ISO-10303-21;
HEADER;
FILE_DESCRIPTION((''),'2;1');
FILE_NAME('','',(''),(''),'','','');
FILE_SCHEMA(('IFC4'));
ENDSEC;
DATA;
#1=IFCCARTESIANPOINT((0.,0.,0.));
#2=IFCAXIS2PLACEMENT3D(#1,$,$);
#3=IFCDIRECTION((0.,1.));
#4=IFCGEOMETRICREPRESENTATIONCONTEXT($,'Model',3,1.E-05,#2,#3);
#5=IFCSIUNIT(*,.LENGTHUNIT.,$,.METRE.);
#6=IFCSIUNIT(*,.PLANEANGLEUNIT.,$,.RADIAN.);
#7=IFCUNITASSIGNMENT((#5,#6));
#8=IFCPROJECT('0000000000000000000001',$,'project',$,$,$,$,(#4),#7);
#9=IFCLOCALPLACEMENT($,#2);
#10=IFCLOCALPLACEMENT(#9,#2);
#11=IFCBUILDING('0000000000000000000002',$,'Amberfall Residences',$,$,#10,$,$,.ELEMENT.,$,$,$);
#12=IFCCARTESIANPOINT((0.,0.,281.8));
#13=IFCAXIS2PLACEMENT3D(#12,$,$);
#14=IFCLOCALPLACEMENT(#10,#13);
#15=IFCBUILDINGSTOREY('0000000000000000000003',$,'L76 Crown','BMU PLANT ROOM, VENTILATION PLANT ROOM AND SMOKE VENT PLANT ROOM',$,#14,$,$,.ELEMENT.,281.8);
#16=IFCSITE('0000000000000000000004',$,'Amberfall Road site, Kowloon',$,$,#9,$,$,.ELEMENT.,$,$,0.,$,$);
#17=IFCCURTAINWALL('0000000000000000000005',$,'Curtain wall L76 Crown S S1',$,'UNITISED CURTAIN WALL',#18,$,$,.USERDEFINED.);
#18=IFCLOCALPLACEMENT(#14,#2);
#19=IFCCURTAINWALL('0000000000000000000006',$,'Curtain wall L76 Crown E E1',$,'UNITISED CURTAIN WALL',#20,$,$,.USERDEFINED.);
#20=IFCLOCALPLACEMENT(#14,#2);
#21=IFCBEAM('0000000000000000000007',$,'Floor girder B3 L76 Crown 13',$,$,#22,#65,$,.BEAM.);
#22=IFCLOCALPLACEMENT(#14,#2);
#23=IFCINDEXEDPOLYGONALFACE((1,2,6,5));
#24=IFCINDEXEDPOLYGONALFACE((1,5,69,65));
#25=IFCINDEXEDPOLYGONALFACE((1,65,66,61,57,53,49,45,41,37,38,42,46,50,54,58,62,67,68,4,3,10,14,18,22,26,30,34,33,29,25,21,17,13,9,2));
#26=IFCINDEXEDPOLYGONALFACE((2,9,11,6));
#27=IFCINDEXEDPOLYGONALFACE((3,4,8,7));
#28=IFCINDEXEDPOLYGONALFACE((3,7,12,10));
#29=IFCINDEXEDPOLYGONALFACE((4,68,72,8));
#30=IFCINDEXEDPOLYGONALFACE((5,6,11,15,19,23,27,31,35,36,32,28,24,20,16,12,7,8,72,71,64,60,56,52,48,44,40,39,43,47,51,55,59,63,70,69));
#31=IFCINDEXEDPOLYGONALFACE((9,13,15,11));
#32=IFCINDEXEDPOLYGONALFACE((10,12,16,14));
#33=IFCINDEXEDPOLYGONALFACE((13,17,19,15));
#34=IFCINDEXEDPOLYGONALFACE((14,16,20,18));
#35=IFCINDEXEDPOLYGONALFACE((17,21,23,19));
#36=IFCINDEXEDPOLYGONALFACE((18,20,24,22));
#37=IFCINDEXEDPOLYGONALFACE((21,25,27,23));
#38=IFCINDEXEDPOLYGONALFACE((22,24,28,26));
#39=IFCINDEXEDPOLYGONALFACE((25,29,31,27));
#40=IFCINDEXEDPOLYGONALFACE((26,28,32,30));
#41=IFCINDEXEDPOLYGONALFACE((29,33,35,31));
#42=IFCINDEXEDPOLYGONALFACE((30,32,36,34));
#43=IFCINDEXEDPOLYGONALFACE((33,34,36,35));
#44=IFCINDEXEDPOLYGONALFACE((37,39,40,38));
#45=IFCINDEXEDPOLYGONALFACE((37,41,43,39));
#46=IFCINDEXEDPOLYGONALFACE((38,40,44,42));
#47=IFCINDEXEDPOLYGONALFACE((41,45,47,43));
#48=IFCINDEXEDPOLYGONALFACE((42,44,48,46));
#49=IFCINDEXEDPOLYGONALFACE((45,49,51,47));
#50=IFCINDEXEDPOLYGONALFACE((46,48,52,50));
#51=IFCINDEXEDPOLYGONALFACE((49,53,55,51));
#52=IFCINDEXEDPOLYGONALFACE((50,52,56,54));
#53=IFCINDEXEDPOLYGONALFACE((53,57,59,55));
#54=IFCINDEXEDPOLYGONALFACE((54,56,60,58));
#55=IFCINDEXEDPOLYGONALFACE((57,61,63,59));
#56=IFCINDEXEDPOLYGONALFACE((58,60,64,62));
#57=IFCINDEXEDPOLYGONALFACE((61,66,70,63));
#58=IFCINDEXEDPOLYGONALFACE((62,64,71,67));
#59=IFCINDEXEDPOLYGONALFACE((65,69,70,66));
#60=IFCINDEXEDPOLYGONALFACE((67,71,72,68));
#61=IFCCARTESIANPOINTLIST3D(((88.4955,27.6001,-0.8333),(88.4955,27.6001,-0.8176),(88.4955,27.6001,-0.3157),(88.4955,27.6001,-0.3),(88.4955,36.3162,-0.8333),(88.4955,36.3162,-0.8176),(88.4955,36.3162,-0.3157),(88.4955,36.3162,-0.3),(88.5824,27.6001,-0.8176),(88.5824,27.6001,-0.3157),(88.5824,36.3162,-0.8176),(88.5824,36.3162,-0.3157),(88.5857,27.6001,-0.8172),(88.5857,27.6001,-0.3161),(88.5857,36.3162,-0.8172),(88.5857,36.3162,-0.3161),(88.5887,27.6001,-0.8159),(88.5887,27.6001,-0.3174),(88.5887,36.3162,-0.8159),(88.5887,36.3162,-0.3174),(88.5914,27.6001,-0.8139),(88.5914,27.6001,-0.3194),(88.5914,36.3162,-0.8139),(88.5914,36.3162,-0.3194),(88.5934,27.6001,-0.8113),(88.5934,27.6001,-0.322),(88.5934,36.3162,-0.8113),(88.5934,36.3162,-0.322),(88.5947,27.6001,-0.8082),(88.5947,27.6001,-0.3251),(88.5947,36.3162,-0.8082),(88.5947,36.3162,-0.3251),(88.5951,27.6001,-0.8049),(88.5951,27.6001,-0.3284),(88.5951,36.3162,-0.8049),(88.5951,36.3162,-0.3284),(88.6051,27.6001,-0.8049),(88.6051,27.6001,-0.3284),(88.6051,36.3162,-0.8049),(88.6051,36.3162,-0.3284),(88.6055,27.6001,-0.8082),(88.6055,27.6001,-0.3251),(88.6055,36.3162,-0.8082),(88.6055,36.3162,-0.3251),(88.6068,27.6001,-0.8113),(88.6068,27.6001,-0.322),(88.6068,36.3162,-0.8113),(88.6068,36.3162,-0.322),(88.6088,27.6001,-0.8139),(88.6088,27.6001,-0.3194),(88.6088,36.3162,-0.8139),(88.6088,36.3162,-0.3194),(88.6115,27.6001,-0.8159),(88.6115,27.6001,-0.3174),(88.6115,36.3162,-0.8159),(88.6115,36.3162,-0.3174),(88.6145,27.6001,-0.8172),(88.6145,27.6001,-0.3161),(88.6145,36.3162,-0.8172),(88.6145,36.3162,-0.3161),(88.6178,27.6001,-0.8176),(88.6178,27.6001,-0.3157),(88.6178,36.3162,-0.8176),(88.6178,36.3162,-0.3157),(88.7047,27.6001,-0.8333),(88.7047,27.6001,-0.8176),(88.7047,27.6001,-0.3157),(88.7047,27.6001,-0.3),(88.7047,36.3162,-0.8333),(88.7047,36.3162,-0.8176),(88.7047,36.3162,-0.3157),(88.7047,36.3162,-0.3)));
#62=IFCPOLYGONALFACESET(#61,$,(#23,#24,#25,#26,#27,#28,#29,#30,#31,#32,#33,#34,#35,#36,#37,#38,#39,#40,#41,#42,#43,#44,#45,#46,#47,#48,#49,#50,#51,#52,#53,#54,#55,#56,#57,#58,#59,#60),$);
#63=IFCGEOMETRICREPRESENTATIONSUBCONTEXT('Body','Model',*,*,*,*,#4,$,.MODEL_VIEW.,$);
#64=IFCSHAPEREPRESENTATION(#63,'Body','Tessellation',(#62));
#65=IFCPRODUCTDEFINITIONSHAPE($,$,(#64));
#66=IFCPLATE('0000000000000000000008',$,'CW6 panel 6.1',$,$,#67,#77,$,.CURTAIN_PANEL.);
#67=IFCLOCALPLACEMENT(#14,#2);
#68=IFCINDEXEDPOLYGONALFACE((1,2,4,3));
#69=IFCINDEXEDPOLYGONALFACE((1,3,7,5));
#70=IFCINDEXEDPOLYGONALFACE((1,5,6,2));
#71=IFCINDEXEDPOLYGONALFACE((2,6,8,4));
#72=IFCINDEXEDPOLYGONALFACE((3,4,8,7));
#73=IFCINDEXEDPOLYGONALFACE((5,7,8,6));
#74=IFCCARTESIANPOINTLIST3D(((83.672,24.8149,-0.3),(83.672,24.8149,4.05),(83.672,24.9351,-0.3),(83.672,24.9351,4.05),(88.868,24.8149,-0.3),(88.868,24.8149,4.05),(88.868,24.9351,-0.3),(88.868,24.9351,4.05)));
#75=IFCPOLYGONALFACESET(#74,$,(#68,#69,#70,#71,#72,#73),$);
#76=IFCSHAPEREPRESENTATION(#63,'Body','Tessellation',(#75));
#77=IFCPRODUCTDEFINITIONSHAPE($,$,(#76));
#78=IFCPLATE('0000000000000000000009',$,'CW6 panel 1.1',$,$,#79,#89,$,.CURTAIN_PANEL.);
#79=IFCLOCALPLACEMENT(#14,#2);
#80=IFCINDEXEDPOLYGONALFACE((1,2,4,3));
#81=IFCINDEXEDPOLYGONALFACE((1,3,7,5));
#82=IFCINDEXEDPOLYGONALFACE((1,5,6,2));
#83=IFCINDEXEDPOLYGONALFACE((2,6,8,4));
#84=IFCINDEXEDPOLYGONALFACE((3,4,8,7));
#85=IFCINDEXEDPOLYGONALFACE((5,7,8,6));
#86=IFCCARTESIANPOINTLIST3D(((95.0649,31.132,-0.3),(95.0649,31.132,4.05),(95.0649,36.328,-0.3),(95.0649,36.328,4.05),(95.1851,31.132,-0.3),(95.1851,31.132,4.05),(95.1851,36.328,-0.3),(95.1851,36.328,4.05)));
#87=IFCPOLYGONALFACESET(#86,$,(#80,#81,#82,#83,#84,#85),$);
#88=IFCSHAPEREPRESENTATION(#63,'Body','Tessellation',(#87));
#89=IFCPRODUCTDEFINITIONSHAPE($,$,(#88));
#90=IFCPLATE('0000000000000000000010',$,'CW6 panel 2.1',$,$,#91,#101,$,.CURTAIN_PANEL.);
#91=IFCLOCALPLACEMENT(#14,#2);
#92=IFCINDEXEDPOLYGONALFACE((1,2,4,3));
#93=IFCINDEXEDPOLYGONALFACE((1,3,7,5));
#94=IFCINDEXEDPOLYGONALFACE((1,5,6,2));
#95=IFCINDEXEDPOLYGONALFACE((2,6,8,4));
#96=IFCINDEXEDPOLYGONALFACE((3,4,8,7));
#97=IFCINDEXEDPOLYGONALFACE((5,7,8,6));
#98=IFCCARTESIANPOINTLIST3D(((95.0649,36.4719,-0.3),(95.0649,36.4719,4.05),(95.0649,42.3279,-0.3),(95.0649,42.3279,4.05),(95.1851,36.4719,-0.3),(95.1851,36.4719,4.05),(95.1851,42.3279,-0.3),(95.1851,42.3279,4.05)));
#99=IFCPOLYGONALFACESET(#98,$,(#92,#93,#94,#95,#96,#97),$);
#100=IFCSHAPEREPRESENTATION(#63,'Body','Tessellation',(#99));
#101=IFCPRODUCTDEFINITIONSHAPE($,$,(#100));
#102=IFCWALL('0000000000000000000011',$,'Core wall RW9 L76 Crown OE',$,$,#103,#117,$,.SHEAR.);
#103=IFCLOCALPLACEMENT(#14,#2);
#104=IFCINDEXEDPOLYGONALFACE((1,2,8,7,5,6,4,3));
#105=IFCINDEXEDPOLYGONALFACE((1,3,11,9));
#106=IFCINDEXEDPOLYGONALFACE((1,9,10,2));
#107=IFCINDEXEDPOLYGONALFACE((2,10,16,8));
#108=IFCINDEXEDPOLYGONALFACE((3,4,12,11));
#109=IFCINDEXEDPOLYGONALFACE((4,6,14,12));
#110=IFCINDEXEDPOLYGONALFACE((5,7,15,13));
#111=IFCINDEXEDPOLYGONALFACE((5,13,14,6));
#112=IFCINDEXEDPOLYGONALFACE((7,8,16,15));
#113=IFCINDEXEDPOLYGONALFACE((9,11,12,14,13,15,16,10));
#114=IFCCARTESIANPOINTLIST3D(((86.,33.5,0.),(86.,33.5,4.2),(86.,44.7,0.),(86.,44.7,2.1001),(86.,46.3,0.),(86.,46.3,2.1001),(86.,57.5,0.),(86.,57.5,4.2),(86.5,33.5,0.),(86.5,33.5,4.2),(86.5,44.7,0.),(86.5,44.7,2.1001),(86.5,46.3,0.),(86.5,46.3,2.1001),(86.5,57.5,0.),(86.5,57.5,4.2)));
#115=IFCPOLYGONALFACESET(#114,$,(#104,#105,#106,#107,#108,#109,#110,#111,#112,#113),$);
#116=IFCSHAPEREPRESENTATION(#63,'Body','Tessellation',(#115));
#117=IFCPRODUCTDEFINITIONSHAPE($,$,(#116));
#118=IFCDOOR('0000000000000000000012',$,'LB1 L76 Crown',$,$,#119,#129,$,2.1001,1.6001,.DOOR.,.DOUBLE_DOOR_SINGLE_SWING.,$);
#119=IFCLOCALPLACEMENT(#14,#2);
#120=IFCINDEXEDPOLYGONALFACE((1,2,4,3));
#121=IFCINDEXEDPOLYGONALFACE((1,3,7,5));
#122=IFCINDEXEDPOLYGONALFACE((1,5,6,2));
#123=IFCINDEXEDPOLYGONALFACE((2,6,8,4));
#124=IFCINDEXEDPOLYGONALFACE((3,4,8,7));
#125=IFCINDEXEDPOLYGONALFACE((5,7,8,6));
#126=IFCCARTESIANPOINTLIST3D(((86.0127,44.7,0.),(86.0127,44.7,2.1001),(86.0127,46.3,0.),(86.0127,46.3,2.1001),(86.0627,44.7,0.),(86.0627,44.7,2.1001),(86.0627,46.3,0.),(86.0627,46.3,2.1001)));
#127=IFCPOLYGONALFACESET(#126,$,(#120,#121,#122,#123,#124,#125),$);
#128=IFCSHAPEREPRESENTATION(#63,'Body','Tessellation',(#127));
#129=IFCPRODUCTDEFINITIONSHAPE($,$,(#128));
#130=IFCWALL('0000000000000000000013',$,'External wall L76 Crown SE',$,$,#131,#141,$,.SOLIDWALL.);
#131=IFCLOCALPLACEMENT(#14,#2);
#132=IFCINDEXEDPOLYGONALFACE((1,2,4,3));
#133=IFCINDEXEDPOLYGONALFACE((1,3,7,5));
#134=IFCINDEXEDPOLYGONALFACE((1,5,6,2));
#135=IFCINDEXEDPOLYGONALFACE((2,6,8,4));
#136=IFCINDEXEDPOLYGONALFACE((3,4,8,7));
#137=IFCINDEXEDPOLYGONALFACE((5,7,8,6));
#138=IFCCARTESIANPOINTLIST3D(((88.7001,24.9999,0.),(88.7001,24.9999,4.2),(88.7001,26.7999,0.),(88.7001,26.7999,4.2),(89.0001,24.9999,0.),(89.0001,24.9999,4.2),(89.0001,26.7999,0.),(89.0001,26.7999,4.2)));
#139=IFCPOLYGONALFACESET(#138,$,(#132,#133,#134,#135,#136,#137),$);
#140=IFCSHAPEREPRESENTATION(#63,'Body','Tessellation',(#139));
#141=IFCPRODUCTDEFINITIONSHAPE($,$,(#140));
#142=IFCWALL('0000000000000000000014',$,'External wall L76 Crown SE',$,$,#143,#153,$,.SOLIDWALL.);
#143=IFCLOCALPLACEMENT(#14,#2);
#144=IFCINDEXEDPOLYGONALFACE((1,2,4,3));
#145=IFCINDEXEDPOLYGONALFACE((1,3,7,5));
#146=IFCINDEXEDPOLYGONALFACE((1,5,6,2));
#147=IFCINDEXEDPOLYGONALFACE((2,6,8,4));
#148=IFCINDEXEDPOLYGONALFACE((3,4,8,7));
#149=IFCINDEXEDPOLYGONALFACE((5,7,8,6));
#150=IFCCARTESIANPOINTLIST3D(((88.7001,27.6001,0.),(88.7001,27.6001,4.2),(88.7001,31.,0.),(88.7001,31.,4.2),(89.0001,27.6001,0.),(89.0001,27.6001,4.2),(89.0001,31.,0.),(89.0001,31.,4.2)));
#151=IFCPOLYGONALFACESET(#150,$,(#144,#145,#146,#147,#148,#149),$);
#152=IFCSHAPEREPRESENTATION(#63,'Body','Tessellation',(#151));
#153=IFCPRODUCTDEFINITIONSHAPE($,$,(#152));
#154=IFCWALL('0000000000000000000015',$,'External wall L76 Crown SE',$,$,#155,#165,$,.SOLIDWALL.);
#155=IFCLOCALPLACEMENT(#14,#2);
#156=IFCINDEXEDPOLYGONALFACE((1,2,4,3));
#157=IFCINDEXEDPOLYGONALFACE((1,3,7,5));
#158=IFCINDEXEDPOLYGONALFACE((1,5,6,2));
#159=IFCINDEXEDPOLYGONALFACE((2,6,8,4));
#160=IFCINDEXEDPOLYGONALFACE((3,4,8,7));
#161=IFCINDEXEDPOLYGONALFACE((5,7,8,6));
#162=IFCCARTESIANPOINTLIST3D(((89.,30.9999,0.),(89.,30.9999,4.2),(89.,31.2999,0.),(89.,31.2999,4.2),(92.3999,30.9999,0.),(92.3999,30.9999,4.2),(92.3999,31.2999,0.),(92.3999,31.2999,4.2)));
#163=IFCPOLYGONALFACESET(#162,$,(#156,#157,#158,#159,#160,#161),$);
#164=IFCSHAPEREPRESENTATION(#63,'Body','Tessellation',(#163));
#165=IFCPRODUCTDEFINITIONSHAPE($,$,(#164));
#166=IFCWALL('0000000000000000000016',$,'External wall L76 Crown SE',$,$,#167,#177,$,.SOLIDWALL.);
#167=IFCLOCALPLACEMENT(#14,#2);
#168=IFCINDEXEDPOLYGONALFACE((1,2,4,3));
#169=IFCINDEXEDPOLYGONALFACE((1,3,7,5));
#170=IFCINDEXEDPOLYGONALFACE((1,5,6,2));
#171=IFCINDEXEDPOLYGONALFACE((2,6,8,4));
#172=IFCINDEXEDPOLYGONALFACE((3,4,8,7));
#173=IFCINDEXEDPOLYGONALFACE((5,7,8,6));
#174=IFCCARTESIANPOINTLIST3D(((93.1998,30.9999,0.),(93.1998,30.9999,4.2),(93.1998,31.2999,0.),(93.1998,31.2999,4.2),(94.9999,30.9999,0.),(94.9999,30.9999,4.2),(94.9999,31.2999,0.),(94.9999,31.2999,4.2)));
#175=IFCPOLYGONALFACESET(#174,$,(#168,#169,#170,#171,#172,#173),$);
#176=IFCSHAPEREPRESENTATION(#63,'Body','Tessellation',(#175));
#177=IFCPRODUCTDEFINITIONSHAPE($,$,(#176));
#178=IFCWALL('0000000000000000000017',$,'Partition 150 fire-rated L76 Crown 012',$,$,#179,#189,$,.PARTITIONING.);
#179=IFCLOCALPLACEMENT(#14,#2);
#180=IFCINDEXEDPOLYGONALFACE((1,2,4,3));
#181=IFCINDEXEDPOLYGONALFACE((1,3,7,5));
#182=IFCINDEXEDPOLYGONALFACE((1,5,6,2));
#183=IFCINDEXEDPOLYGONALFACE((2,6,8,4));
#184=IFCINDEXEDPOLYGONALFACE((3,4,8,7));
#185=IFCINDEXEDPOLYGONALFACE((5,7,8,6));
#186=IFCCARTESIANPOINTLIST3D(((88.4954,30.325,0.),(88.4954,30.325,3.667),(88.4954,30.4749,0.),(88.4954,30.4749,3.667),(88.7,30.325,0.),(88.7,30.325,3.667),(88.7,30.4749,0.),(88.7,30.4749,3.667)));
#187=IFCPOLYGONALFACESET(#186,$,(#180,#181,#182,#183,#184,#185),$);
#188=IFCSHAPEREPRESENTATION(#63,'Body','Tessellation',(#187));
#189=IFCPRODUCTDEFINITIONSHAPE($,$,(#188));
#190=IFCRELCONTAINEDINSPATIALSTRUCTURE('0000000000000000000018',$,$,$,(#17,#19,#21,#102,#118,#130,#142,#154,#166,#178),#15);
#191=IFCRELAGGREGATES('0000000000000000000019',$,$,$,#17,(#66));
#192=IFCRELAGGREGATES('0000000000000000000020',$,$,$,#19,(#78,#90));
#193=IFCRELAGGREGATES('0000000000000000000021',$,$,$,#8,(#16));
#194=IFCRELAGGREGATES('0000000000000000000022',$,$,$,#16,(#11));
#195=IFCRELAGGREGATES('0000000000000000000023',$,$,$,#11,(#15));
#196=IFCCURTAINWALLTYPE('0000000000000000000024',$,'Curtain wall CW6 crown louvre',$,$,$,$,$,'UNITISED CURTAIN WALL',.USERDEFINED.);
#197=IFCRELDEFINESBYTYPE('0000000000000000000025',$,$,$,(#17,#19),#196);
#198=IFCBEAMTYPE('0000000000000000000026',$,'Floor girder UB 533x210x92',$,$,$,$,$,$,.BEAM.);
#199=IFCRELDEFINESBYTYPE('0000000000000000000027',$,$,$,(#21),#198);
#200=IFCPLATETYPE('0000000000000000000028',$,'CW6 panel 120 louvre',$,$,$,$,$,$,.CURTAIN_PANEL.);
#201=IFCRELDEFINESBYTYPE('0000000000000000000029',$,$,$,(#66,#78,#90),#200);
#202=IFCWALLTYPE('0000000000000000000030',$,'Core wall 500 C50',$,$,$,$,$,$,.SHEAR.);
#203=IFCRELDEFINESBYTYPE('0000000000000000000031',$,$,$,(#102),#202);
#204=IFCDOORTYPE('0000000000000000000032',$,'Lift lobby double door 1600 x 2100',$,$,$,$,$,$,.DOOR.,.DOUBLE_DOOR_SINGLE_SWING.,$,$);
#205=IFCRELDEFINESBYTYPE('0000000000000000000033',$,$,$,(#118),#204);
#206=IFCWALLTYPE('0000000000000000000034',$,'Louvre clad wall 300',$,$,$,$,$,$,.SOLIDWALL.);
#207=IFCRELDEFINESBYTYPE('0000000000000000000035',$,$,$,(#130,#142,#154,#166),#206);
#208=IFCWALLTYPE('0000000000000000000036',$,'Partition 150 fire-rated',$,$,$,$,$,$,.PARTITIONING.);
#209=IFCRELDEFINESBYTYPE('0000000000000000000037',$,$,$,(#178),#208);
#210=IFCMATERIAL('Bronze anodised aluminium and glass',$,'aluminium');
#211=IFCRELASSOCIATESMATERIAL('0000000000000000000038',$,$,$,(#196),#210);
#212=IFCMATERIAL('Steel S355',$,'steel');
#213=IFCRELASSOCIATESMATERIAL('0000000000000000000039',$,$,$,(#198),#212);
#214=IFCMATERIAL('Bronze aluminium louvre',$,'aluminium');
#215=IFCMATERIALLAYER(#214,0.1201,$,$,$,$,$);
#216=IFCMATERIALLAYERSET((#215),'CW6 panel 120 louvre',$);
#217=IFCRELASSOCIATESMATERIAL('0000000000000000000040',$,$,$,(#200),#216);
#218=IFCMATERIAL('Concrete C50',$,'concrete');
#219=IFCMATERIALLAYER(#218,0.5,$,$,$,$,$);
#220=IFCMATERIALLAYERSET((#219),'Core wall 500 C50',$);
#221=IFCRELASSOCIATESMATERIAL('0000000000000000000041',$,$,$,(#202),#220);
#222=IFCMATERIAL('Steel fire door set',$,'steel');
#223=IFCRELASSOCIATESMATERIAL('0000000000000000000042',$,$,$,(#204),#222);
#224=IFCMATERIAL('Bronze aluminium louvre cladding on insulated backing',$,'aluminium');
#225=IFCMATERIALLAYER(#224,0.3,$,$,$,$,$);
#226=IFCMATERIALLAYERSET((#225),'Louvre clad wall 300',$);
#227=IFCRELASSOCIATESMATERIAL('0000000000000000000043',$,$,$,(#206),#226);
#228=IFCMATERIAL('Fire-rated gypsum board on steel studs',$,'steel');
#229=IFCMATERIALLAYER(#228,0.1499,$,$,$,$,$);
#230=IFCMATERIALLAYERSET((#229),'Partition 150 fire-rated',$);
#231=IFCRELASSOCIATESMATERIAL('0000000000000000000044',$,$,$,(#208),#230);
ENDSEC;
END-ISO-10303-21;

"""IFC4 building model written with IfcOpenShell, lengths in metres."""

from ifc_helpers import new_model, si_unit, direction, frame, frame_2d, origin, origin_2d, place, context, subcontext, project, spatial, rectangle, i_section, extrude, material, layer, layer_set, material_profile, profile_set, type_object, element, fill, aggregate, save


model = new_model("IFC4")

# Units and contexts
model_context = context("Model", 3, precision=1e-05, world=origin(), true_north=direction((0.0, 1.0)))
body_context = subcontext(model_context, "Body", "Model", "MODEL_VIEW")
ifc_project = project(units=[si_unit("LENGTHUNIT", "METRE"), si_unit("PLANEANGLEUNIT", "RADIAN")], contexts=[model_context])

# Site, building, storey
site_placement = place(None, origin())
site = spatial("IfcSite", under=ifc_project, at=site_placement, Name="Amberfall Road site, Kowloon", CompositionType="ELEMENT", RefElevation=0.0)
building_placement = place(site_placement, origin())
building = spatial("IfcBuilding", under=site, at=building_placement, Name="Amberfall Residences", CompositionType="ELEMENT")
storey_placement = place(building_placement, frame((0.0, 0.0, 281.8)))
storey = spatial("IfcBuildingStorey", under=building, at=storey_placement, Name="L76 Crown", Description="BMU PLANT ROOM, VENTILATION PLANT ROOM AND SMOKE VENT PLANT ROOM", CompositionType="ELEMENT", Elevation=281.8)

# Shared definitions
ifc_material_1 = material(Name="Concrete C50", Category="concrete")

# Curtain wall
ifc_material_2 = material(Name="Bronze anodised aluminium and glass", Category="aluminium")
curtain_wall_type = type_object("IfcCurtainWallType", Name="Curtain wall CW6 crown louvre", ElementType="UNITISED CURTAIN WALL", PredefinedType="USERDEFINED", material=ifc_material_2)
curtain_wall_1_placement = place(storey_placement, origin())
curtain_wall_1 = element("IfcCurtainWall", 1, at=curtain_wall_1_placement, inside=storey, type_object=curtain_wall_type, Name="Curtain wall L76 Crown S S1", ObjectType="UNITISED CURTAIN WALL", PredefinedType="USERDEFINED")

# Curtain wall
curtain_wall_2_placement = place(storey_placement, origin())
curtain_wall_2 = element("IfcCurtainWall", 2, at=curtain_wall_2_placement, inside=storey, type_object=curtain_wall_type, Name="Curtain wall L76 Crown E E1", ObjectType="UNITISED CURTAIN WALL", PredefinedType="USERDEFINED")

# Beam
ifc_material_3 = material(Name="Steel S355", Category="steel")
ifc_material_profile_1 = material_profile(ifc_material_3, i_section(OverallWidth=0.2092, OverallDepth=0.5332, WebThickness=0.01, FlangeThickness=0.0156, FilletRadius=0.0127, at=origin_2d()), Name="UB 533x210x92")
ifc_profile_set_1 = profile_set([ifc_material_profile_1], Name="Steel S355")
beam_type_1 = type_object("IfcBeamType", Name="Floor girder UB 533x210x92", PredefinedType="BEAM", material=ifc_profile_set_1)
beam_1_placement = place(storey_placement, frame((88.6001, 27.6001, -0.5667), z_axis=(0.0, 1.0, 0.0), x_axis=(-1.0, 0.0, 0.0)))
element("IfcBeam", 3, at=beam_1_placement, inside=storey, type_object=beam_type_1, Name="Floor girder B3 L76 Crown 13", PredefinedType="BEAM", context=body_context, shape_type="SweptSolid", body=[
    extrude(i_section(OverallWidth=0.2092, OverallDepth=0.5332, WebThickness=0.01, FlangeThickness=0.0156, FilletRadius=0.0127, at=origin_2d()), origin(), (0.0, 0.0, 1.0), 8.7161),
])

# Plates
ifc_material_4 = material(Name="Bronze aluminium louvre", Category="aluminium")
ifc_layer_1 = layer(ifc_material_4, 0.1201)
ifc_layer_set_1 = layer_set([ifc_layer_1], Name="CW6 panel 120 louvre")
plate_type = type_object("IfcPlateType", Name="CW6 panel 120 louvre", PredefinedType="CURTAIN_PANEL", material=ifc_layer_set_1)
plate_1_placement = place(storey_placement, frame((86.27, 24.875, -0.3), z_axis=(0.0, 0.0, 1.0), x_axis=(1.0, 0.0, 0.0)))
plate_1 = element("IfcPlate", 4, at=plate_1_placement, type_object=plate_type, Name="CW6 panel 6.1", PredefinedType="CURTAIN_PANEL", context=body_context, shape_type="SweptSolid", body=[
    extrude(rectangle(XDim=5.196, YDim=0.1201, at=origin_2d()), origin(), (0.0, 0.0, 1.0), 4.3501),
])
aggregate(curtain_wall_1, [plate_1])
plate_2_placement = place(storey_placement, frame((95.125, 33.73, -0.3), z_axis=(0.0, 0.0, 1.0), x_axis=(0.0, 1.0, 0.0)))
plate_2 = element("IfcPlate", 5, at=plate_2_placement, type_object=plate_type, Name="CW6 panel 1.1", PredefinedType="CURTAIN_PANEL", context=body_context, shape_type="SweptSolid", body=[
    extrude(rectangle(XDim=5.196, YDim=0.1201, at=origin_2d()), origin(), (0.0, 0.0, 1.0), 4.3501),
])
plate_3_placement = place(storey_placement, frame((95.125, 39.3999, -0.3), z_axis=(0.0, 0.0, 1.0), x_axis=(0.0, 1.0, 0.0)))
plate_3 = element("IfcPlate", 6, at=plate_3_placement, type_object=plate_type, Name="CW6 panel 2.1", PredefinedType="CURTAIN_PANEL", context=body_context, shape_type="SweptSolid", body=[
    extrude(rectangle(XDim=5.856, YDim=0.1201, at=origin_2d()), origin(), (0.0, 0.0, 1.0), 4.3501),
])
aggregate(curtain_wall_2, [plate_2, plate_3])

# Wall, opening, door
ifc_layer_2 = layer(ifc_material_1, 0.5)
ifc_layer_set_2 = layer_set([ifc_layer_2], Name="Core wall 500 C50")
wall_type_1 = type_object("IfcWallType", Name="Core wall 500 C50", PredefinedType="SHEAR", material=ifc_layer_set_2)
wall_1_placement = place(storey_placement, frame((86.25, 33.5, 0.0), z_axis=(0.0, 0.0, 1.0), x_axis=(0.0, 1.0, 0.0)))
wall_1 = element("IfcWall", 7, at=wall_1_placement, inside=storey, type_object=wall_type_1, Name="Core wall RW9 L76 Crown OE", PredefinedType="SHEAR", context=body_context, shape_type="SweptSolid", body=[
    extrude(rectangle(XDim=24.0, YDim=0.5, at=frame_2d((12.0, 0.0))), origin(), (0.0, 0.0, 1.0), 4.2),
])
opening_1_placement = place(wall_1_placement, frame((11.2, 0.0, 0.0)))
opening_1 = element("IfcOpeningElement", 8, at=opening_1_placement, cuts=wall_1, PredefinedType="OPENING", context=body_context, shape_type="SweptSolid", body=[
    extrude(rectangle(XDim=1.6001, YDim=2.1001, at=frame_2d((0.8, 1.05))), frame((0.0, 0.26, 0.0), z_axis=(0.0, -1.0, 0.0), x_axis=(1.0, 0.0, 0.0)), (0.0, 0.0, 1.0), 0.52),
])
ifc_material_5 = material(Name="Steel fire door set", Category="steel")
door_type_1 = type_object("IfcDoorType", Name="Lift lobby double door 1600 x 2100", OperationType="DOUBLE_DOOR_SINGLE_SWING", PredefinedType="DOOR", material=ifc_material_5)
door_1_placement = place(opening_1_placement, origin())
door_1 = element("IfcDoor", 9, at=door_1_placement, inside=storey, type_object=door_type_1, Name="LB1 L76 Crown", OperationType="DOUBLE_DOOR_SINGLE_SWING", OverallHeight=2.1001, OverallWidth=1.6001, PredefinedType="DOOR", context=body_context, shape_type="SweptSolid", body=[
    extrude(rectangle(XDim=1.6001, YDim=2.1001, at=frame_2d((0.8, 1.05))), frame((0.0, 0.2373, 0.0), z_axis=(0.0, -1.0, 0.0), x_axis=(1.0, 0.0, 0.0)), (0.0, 0.0, 1.0), 0.05),
])
fill(opening_1, door_1)

# Walls
ifc_material_6 = material(Name="Bronze aluminium louvre cladding on insulated backing", Category="aluminium")
ifc_layer_3 = layer(ifc_material_6, 0.3)
ifc_layer_set_3 = layer_set([ifc_layer_3], Name="Louvre clad wall 300")
wall_type_2 = type_object("IfcWallType", Name="Louvre clad wall 300", PredefinedType="SOLIDWALL", material=ifc_layer_set_3)
wall_2_placement = place(storey_placement, frame((88.8501, 25.0, 0.0), z_axis=(0.0, 0.0, 1.0), x_axis=(0.0, 1.0, 0.0)))
element("IfcWall", 10, at=wall_2_placement, inside=storey, type_object=wall_type_2, Name="External wall L76 Crown SE", PredefinedType="SOLIDWALL", context=body_context, shape_type="SweptSolid", body=[
    extrude(rectangle(XDim=1.8, YDim=0.3, at=frame_2d((0.8999, 0.0))), origin(), (0.0, 0.0, 1.0), 4.2),
])
for number, where, z_axis, x_axis, name in (
    (11, (88.8501, 27.6001, 0.0), (0.0, 0.0, 1.0), (0.0, 1.0, 0.0), "External wall L76 Crown SE"),
    (12, (89.0, 31.1499, 0.0), (0.0, 0.0, 1.0), (1.0, 0.0, 0.0), "External wall L76 Crown SE"),
):
    element("IfcWall", number, at=place(storey_placement, frame(where, z_axis=z_axis, x_axis=x_axis)), inside=storey, type_object=wall_type_2, Name=name, PredefinedType="SOLIDWALL", context=body_context, shape_type="SweptSolid", body=[
        extrude(rectangle(XDim=3.3999, YDim=0.3, at=frame_2d((1.7, 0.0))), origin(), (0.0, 0.0, 1.0), 4.2),
    ])
wall_3_placement = place(storey_placement, frame((93.2, 31.1499, 0.0), z_axis=(0.0, 0.0, 1.0), x_axis=(1.0, 0.0, 0.0)))
element("IfcWall", 13, at=wall_3_placement, inside=storey, type_object=wall_type_2, Name="External wall L76 Crown SE", PredefinedType="SOLIDWALL", context=body_context, shape_type="SweptSolid", body=[
    extrude(rectangle(XDim=1.8, YDim=0.3, at=frame_2d((0.8999, 0.0))), origin(), (0.0, 0.0, 1.0), 4.2),
])
ifc_material_7 = material(Name="Fire-rated gypsum board on steel studs", Category="steel")
ifc_layer_4 = layer(ifc_material_7, 0.1499)
ifc_layer_set_4 = layer_set([ifc_layer_4], Name="Partition 150 fire-rated")
wall_type_3 = type_object("IfcWallType", Name="Partition 150 fire-rated", PredefinedType="PARTITIONING", material=ifc_layer_set_4)
wall_4_placement = place(storey_placement, frame((88.4954, 30.3999, 0.0), z_axis=(0.0, 0.0, 1.0), x_axis=(1.0, 0.0, 0.0)))
element("IfcWall", 14, at=wall_4_placement, inside=storey, type_object=wall_type_3, Name="Partition 150 fire-rated L76 Crown 012", PredefinedType="PARTITIONING", context=body_context, shape_type="SweptSolid", body=[
    extrude(rectangle(XDim=0.2046, YDim=0.1499, at=frame_2d((0.1023, 0.0))), origin(), (0.0, 0.0, 1.0), 3.667),
])

save(model, "model.ifc")
